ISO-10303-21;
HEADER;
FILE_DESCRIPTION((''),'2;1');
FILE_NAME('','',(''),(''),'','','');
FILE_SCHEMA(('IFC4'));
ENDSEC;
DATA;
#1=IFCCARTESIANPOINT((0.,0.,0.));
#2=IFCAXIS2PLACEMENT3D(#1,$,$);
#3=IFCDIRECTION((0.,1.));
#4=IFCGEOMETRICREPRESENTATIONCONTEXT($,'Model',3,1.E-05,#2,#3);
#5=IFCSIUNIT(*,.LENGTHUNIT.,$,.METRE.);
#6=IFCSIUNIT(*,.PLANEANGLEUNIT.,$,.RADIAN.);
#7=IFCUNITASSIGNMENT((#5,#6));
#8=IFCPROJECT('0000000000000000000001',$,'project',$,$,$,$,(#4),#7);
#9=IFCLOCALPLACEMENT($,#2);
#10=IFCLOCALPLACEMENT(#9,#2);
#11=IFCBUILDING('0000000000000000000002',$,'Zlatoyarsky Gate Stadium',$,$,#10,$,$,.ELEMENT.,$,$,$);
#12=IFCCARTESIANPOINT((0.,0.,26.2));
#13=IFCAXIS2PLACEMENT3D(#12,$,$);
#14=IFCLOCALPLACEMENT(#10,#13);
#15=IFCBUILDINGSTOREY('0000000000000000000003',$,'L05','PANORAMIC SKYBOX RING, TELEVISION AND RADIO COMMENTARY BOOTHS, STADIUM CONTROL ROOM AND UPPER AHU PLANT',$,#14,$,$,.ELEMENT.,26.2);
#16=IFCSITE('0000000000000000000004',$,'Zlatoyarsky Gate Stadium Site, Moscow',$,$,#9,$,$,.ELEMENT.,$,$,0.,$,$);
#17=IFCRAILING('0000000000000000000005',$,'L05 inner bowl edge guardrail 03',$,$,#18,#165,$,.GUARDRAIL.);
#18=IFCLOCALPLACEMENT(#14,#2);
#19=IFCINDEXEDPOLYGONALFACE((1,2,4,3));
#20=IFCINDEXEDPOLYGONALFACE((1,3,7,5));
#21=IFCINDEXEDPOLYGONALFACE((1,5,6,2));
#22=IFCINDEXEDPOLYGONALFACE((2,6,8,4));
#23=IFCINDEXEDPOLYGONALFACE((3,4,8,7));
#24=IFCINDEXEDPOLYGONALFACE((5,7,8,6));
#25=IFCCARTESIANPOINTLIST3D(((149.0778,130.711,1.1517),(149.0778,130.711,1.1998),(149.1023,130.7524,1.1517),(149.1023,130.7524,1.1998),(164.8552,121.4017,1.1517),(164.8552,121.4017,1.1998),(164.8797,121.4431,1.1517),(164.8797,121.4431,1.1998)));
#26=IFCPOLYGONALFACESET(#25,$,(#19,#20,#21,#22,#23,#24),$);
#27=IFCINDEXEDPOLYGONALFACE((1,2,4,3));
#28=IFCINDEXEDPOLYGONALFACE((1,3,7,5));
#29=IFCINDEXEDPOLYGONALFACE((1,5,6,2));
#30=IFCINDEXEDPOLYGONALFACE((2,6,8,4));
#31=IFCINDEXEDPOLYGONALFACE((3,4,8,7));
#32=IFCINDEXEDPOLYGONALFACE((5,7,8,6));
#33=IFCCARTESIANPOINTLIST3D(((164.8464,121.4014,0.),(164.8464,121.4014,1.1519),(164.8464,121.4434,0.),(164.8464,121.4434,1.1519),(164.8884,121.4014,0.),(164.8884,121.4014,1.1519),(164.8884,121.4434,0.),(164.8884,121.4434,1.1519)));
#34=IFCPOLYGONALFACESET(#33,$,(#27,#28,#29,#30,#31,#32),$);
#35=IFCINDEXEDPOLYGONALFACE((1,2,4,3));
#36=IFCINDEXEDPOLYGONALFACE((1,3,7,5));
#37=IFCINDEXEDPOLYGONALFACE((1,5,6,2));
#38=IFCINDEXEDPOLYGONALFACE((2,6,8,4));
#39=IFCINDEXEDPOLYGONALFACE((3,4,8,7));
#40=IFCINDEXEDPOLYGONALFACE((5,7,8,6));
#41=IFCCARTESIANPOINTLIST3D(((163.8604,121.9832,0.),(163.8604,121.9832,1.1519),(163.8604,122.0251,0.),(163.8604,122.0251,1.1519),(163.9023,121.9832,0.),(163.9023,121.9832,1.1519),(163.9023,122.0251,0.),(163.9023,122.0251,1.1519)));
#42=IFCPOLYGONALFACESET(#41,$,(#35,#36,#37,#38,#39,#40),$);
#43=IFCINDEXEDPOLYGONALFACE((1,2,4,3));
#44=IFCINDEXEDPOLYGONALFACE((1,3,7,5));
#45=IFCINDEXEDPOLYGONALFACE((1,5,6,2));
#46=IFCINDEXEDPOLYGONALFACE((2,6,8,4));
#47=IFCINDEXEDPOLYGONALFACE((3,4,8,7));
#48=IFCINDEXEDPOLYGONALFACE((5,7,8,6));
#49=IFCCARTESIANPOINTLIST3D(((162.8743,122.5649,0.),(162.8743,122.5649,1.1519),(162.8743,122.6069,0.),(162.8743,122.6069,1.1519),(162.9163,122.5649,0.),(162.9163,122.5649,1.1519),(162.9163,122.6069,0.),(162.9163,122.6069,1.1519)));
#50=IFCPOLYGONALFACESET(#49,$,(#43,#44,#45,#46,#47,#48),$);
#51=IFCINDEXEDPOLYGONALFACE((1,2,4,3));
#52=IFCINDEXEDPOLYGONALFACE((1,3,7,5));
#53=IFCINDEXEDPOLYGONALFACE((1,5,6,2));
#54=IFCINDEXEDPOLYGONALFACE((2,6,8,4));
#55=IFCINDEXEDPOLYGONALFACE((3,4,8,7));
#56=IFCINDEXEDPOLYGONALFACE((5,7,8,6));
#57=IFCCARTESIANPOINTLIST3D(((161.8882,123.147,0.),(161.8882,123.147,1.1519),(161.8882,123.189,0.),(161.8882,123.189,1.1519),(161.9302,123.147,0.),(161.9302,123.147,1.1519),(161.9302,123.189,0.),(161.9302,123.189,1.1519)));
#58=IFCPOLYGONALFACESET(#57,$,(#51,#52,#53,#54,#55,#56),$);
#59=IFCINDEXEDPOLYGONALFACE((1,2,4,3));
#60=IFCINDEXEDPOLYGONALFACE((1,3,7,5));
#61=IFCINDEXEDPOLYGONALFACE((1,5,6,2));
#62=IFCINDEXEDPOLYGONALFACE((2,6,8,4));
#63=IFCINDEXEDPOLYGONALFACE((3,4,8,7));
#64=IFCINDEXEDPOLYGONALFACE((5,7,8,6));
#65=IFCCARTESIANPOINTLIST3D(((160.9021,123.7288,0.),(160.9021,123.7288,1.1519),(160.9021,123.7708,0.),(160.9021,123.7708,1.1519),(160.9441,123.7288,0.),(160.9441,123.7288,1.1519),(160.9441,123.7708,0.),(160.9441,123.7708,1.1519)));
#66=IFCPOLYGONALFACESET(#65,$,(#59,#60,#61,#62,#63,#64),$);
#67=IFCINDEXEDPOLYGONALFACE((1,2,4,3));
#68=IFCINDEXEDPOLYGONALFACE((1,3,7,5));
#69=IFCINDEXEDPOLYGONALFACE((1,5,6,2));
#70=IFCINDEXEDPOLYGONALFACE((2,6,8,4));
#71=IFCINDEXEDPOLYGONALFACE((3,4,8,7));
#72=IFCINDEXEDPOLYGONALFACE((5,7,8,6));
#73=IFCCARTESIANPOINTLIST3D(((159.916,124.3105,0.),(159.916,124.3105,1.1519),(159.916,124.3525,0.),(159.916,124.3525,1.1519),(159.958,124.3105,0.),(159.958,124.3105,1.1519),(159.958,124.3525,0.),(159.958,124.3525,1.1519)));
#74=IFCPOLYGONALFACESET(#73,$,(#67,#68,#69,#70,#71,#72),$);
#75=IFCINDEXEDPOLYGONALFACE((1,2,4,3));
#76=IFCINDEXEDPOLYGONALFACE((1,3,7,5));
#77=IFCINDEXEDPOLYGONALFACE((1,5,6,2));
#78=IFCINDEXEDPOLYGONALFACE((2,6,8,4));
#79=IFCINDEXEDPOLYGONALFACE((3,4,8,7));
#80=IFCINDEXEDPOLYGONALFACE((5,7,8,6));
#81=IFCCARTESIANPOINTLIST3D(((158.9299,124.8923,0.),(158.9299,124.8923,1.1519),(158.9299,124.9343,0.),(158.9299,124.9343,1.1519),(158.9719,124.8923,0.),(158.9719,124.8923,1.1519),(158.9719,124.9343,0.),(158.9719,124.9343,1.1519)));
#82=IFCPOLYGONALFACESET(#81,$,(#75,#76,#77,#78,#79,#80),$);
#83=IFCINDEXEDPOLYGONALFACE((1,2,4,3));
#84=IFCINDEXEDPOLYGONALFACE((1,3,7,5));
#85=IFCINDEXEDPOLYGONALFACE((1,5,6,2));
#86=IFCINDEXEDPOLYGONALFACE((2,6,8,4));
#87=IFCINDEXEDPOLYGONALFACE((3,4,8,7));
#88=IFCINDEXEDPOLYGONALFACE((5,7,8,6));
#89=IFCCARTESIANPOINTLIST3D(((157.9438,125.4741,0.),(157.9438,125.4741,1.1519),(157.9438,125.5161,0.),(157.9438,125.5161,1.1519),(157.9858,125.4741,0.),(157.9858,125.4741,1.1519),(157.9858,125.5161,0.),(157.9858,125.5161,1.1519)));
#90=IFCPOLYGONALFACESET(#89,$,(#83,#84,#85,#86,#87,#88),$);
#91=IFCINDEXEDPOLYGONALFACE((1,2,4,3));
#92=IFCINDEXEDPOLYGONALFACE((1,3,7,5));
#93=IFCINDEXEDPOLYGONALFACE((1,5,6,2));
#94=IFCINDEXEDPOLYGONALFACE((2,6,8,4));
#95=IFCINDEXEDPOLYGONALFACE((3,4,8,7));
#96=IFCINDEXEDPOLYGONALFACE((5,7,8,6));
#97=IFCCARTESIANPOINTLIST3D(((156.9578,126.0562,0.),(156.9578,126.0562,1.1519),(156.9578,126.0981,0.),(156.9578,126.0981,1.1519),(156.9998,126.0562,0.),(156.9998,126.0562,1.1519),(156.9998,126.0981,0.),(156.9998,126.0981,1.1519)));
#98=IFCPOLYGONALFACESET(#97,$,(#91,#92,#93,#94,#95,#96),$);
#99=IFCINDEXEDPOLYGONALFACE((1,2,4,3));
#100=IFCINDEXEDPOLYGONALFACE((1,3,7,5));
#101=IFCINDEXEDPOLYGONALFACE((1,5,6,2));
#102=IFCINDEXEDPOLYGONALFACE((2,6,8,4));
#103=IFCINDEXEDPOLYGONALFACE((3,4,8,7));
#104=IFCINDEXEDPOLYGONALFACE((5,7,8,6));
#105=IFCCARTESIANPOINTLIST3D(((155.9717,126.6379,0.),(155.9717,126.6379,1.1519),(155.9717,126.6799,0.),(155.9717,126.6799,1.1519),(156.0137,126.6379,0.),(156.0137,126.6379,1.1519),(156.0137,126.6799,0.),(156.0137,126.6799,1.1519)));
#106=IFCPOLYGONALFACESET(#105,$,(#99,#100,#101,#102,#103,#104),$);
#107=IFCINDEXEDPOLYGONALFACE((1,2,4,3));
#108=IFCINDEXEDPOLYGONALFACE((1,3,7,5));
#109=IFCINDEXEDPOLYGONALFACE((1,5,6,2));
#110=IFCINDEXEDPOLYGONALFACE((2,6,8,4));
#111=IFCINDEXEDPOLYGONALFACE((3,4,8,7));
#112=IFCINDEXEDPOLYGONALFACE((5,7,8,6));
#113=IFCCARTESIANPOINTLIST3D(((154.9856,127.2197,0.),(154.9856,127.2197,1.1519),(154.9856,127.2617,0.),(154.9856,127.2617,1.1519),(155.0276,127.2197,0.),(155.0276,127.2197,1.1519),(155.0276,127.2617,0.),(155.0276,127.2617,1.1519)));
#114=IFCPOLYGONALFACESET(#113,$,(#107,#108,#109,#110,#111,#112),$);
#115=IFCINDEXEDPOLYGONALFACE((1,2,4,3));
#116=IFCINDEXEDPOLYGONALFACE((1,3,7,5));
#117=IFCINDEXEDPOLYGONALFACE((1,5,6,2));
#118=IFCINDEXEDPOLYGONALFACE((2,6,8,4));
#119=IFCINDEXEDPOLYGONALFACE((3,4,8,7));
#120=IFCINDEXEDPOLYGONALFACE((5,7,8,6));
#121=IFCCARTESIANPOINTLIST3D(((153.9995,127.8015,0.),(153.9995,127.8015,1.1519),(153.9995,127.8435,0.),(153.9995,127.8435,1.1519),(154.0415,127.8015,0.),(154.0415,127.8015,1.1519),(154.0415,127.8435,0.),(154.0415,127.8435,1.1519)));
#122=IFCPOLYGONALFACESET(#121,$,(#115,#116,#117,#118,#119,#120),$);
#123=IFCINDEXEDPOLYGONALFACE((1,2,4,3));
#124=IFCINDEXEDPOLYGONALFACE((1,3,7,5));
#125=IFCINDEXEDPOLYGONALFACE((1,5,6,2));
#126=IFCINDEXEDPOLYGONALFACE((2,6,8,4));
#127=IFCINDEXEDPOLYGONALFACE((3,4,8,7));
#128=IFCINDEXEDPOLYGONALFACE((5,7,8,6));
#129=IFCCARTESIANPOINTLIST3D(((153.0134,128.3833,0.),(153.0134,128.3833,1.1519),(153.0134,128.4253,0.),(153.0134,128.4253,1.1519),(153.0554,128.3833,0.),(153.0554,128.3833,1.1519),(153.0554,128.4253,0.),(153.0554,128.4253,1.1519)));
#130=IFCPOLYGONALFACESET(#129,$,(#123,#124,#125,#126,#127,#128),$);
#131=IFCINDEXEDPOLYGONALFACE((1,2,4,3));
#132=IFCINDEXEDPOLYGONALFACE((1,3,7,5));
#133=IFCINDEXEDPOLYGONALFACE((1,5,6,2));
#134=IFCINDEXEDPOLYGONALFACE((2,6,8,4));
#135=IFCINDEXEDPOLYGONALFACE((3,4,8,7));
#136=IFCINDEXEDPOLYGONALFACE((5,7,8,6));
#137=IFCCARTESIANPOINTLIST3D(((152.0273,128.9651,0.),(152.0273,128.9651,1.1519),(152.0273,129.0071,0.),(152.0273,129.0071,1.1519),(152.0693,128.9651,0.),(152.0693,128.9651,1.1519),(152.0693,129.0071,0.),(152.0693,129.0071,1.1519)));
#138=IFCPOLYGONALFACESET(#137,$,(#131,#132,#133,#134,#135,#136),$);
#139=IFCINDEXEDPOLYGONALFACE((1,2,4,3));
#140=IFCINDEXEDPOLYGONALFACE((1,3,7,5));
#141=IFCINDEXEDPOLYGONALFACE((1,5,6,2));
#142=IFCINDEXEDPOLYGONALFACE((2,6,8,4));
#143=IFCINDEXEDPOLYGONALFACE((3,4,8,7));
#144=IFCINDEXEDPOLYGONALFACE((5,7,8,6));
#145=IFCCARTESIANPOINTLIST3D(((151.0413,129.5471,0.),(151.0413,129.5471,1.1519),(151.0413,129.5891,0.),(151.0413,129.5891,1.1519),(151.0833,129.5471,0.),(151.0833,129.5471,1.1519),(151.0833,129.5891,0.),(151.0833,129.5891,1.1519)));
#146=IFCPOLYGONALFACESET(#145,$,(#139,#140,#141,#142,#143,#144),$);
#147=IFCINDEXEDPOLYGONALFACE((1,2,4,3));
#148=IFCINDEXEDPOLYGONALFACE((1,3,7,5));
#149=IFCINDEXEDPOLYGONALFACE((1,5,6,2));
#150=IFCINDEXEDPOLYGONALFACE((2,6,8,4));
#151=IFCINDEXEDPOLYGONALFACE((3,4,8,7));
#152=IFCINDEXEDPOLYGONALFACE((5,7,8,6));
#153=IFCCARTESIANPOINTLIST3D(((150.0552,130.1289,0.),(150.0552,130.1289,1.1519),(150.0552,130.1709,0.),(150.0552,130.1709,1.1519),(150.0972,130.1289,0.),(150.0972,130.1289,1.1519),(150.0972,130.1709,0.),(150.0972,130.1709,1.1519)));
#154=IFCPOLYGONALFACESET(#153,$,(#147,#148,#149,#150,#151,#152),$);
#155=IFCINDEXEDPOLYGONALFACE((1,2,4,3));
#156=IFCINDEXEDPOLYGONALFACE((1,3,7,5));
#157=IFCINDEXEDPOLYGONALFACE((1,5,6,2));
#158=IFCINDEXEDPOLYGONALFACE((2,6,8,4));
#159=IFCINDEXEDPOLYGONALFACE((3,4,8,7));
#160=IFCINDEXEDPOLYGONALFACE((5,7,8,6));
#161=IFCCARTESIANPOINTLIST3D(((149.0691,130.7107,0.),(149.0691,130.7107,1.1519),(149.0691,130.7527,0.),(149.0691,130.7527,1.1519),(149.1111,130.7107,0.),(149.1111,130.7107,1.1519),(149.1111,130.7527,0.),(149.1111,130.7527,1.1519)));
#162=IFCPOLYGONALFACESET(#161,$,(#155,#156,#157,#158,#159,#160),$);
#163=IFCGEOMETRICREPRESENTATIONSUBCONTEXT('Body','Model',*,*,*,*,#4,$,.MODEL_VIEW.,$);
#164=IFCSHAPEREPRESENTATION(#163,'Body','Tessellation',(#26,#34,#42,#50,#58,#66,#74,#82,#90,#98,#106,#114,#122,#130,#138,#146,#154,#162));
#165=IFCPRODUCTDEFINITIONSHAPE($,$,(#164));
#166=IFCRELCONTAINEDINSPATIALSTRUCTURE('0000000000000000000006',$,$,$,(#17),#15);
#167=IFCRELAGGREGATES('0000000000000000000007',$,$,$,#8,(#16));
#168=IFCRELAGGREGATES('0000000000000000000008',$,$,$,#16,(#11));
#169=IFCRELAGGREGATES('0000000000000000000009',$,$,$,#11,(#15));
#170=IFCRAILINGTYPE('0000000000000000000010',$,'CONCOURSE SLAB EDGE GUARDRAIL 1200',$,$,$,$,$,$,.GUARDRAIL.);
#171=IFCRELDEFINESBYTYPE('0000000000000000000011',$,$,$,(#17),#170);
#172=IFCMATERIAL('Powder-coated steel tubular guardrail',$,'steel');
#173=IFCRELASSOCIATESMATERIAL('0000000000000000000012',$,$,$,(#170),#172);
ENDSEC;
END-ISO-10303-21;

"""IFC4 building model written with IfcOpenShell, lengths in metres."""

from ifc_helpers import new_model, si_unit, direction, frame, origin, origin_2d, place, context, subcontext, project, spatial, rectangle, extrude, material, type_object, element, save


model = new_model("IFC4")

# Units and contexts
model_context = context("Model", 3, precision=1e-05, world=origin(), true_north=direction((0.0, 1.0)))
body_context = subcontext(model_context, "Body", "Model", "MODEL_VIEW")
ifc_project = project(units=[si_unit("LENGTHUNIT", "METRE"), si_unit("PLANEANGLEUNIT", "RADIAN")], contexts=[model_context])

# Site, building, storey
site_placement = place(None, origin())
site = spatial("IfcSite", under=ifc_project, at=site_placement, Name="Zlatoyarsky Gate Stadium Site, Moscow", CompositionType="ELEMENT", RefElevation=0.0)
building_placement = place(site_placement, origin())
building = spatial("IfcBuilding", under=site, at=building_placement, Name="Zlatoyarsky Gate Stadium", CompositionType="ELEMENT")
storey_placement = place(building_placement, frame((0.0, 0.0, 26.2)))
storey = spatial("IfcBuildingStorey", under=building, at=storey_placement, Name="L05", Description="PANORAMIC SKYBOX RING, TELEVISION AND RADIO COMMENTARY BOOTHS, STADIUM CONTROL ROOM AND UPPER AHU PLANT", CompositionType="ELEMENT", Elevation=26.2)

# Railing
ifc_material_1 = material(Name="Powder-coated steel tubular guardrail", Category="steel")
railing_type_1 = type_object("IfcRailingType", Name="CONCOURSE SLAB EDGE GUARDRAIL 1200", PredefinedType="GUARDRAIL", material=ifc_material_1)
railing_1_placement = place(storey_placement, frame((164.8674, 121.4224, 0.0)))
element("IfcRailing", 1, at=railing_1_placement, inside=storey, type_object=railing_type_1, Name="L05 inner bowl edge guardrail 03", PredefinedType="GUARDRAIL", context=body_context, shape_type="SweptSolid", body=[
    extrude(rectangle(XDim=0.0481, YDim=0.0481, at=origin_2d()), frame((0.0, 0.0, 1.1758), z_axis=(-0.861253, 0.508177, 0.0), x_axis=(-0.508177, -0.861253, 0.0)), (0.0, 0.0, 1.0), 18.3191),
    extrude(rectangle(XDim=0.042, YDim=0.042, at=origin_2d()), origin(), (0.0, 0.0, 1.0), 1.1519),
    extrude(rectangle(XDim=0.042, YDim=0.042, at=origin_2d()), frame((-0.9861, 0.5818, 0.0)), (0.0, 0.0, 1.0), 1.1519),
    extrude(rectangle(XDim=0.042, YDim=0.042, at=origin_2d()), frame((-1.9722, 1.1636, 0.0)), (0.0, 0.0, 1.0), 1.1519),
    extrude(rectangle(XDim=0.042, YDim=0.042, at=origin_2d()), frame((-2.9583, 1.7456, 0.0)), (0.0, 0.0, 1.0), 1.1519),
    extrude(rectangle(XDim=0.042, YDim=0.042, at=origin_2d()), frame((-3.9443, 2.3274, 0.0)), (0.0, 0.0, 1.0), 1.1519),
    extrude(rectangle(XDim=0.042, YDim=0.042, at=origin_2d()), frame((-4.9304, 2.9092, 0.0)), (0.0, 0.0, 1.0), 1.1519),
    extrude(rectangle(XDim=0.042, YDim=0.042, at=origin_2d()), frame((-5.9165, 3.491, 0.0)), (0.0, 0.0, 1.0), 1.1519),
    extrude(rectangle(XDim=0.042, YDim=0.042, at=origin_2d()), frame((-6.9026, 4.0728, 0.0)), (0.0, 0.0, 1.0), 1.1519),
    extrude(rectangle(XDim=0.042, YDim=0.042, at=origin_2d()), frame((-7.8887, 4.6548, 0.0)), (0.0, 0.0, 1.0), 1.1519),
    extrude(rectangle(XDim=0.042, YDim=0.042, at=origin_2d()), frame((-8.8748, 5.2366, 0.0)), (0.0, 0.0, 1.0), 1.1519),
    extrude(rectangle(XDim=0.042, YDim=0.042, at=origin_2d()), frame((-9.8608, 5.8184, 0.0)), (0.0, 0.0, 1.0), 1.1519),
    extrude(rectangle(XDim=0.042, YDim=0.042, at=origin_2d()), frame((-10.8469, 6.4001, 0.0)), (0.0, 0.0, 1.0), 1.1519),
    extrude(rectangle(XDim=0.042, YDim=0.042, at=origin_2d()), frame((-11.833, 6.9819, 0.0)), (0.0, 0.0, 1.0), 1.1519),
    extrude(rectangle(XDim=0.042, YDim=0.042, at=origin_2d()), frame((-12.8191, 7.5637, 0.0)), (0.0, 0.0, 1.0), 1.1519),
    extrude(rectangle(XDim=0.042, YDim=0.042, at=origin_2d()), frame((-13.8052, 8.1458, 0.0)), (0.0, 0.0, 1.0), 1.1519),
    extrude(rectangle(XDim=0.042, YDim=0.042, at=origin_2d()), frame((-14.7913, 8.7275, 0.0)), (0.0, 0.0, 1.0), 1.1519),
    extrude(rectangle(XDim=0.042, YDim=0.042, at=origin_2d()), frame((-15.7773, 9.3093, 0.0)), (0.0, 0.0, 1.0), 1.1519),
])

save(model, "model.ifc")
